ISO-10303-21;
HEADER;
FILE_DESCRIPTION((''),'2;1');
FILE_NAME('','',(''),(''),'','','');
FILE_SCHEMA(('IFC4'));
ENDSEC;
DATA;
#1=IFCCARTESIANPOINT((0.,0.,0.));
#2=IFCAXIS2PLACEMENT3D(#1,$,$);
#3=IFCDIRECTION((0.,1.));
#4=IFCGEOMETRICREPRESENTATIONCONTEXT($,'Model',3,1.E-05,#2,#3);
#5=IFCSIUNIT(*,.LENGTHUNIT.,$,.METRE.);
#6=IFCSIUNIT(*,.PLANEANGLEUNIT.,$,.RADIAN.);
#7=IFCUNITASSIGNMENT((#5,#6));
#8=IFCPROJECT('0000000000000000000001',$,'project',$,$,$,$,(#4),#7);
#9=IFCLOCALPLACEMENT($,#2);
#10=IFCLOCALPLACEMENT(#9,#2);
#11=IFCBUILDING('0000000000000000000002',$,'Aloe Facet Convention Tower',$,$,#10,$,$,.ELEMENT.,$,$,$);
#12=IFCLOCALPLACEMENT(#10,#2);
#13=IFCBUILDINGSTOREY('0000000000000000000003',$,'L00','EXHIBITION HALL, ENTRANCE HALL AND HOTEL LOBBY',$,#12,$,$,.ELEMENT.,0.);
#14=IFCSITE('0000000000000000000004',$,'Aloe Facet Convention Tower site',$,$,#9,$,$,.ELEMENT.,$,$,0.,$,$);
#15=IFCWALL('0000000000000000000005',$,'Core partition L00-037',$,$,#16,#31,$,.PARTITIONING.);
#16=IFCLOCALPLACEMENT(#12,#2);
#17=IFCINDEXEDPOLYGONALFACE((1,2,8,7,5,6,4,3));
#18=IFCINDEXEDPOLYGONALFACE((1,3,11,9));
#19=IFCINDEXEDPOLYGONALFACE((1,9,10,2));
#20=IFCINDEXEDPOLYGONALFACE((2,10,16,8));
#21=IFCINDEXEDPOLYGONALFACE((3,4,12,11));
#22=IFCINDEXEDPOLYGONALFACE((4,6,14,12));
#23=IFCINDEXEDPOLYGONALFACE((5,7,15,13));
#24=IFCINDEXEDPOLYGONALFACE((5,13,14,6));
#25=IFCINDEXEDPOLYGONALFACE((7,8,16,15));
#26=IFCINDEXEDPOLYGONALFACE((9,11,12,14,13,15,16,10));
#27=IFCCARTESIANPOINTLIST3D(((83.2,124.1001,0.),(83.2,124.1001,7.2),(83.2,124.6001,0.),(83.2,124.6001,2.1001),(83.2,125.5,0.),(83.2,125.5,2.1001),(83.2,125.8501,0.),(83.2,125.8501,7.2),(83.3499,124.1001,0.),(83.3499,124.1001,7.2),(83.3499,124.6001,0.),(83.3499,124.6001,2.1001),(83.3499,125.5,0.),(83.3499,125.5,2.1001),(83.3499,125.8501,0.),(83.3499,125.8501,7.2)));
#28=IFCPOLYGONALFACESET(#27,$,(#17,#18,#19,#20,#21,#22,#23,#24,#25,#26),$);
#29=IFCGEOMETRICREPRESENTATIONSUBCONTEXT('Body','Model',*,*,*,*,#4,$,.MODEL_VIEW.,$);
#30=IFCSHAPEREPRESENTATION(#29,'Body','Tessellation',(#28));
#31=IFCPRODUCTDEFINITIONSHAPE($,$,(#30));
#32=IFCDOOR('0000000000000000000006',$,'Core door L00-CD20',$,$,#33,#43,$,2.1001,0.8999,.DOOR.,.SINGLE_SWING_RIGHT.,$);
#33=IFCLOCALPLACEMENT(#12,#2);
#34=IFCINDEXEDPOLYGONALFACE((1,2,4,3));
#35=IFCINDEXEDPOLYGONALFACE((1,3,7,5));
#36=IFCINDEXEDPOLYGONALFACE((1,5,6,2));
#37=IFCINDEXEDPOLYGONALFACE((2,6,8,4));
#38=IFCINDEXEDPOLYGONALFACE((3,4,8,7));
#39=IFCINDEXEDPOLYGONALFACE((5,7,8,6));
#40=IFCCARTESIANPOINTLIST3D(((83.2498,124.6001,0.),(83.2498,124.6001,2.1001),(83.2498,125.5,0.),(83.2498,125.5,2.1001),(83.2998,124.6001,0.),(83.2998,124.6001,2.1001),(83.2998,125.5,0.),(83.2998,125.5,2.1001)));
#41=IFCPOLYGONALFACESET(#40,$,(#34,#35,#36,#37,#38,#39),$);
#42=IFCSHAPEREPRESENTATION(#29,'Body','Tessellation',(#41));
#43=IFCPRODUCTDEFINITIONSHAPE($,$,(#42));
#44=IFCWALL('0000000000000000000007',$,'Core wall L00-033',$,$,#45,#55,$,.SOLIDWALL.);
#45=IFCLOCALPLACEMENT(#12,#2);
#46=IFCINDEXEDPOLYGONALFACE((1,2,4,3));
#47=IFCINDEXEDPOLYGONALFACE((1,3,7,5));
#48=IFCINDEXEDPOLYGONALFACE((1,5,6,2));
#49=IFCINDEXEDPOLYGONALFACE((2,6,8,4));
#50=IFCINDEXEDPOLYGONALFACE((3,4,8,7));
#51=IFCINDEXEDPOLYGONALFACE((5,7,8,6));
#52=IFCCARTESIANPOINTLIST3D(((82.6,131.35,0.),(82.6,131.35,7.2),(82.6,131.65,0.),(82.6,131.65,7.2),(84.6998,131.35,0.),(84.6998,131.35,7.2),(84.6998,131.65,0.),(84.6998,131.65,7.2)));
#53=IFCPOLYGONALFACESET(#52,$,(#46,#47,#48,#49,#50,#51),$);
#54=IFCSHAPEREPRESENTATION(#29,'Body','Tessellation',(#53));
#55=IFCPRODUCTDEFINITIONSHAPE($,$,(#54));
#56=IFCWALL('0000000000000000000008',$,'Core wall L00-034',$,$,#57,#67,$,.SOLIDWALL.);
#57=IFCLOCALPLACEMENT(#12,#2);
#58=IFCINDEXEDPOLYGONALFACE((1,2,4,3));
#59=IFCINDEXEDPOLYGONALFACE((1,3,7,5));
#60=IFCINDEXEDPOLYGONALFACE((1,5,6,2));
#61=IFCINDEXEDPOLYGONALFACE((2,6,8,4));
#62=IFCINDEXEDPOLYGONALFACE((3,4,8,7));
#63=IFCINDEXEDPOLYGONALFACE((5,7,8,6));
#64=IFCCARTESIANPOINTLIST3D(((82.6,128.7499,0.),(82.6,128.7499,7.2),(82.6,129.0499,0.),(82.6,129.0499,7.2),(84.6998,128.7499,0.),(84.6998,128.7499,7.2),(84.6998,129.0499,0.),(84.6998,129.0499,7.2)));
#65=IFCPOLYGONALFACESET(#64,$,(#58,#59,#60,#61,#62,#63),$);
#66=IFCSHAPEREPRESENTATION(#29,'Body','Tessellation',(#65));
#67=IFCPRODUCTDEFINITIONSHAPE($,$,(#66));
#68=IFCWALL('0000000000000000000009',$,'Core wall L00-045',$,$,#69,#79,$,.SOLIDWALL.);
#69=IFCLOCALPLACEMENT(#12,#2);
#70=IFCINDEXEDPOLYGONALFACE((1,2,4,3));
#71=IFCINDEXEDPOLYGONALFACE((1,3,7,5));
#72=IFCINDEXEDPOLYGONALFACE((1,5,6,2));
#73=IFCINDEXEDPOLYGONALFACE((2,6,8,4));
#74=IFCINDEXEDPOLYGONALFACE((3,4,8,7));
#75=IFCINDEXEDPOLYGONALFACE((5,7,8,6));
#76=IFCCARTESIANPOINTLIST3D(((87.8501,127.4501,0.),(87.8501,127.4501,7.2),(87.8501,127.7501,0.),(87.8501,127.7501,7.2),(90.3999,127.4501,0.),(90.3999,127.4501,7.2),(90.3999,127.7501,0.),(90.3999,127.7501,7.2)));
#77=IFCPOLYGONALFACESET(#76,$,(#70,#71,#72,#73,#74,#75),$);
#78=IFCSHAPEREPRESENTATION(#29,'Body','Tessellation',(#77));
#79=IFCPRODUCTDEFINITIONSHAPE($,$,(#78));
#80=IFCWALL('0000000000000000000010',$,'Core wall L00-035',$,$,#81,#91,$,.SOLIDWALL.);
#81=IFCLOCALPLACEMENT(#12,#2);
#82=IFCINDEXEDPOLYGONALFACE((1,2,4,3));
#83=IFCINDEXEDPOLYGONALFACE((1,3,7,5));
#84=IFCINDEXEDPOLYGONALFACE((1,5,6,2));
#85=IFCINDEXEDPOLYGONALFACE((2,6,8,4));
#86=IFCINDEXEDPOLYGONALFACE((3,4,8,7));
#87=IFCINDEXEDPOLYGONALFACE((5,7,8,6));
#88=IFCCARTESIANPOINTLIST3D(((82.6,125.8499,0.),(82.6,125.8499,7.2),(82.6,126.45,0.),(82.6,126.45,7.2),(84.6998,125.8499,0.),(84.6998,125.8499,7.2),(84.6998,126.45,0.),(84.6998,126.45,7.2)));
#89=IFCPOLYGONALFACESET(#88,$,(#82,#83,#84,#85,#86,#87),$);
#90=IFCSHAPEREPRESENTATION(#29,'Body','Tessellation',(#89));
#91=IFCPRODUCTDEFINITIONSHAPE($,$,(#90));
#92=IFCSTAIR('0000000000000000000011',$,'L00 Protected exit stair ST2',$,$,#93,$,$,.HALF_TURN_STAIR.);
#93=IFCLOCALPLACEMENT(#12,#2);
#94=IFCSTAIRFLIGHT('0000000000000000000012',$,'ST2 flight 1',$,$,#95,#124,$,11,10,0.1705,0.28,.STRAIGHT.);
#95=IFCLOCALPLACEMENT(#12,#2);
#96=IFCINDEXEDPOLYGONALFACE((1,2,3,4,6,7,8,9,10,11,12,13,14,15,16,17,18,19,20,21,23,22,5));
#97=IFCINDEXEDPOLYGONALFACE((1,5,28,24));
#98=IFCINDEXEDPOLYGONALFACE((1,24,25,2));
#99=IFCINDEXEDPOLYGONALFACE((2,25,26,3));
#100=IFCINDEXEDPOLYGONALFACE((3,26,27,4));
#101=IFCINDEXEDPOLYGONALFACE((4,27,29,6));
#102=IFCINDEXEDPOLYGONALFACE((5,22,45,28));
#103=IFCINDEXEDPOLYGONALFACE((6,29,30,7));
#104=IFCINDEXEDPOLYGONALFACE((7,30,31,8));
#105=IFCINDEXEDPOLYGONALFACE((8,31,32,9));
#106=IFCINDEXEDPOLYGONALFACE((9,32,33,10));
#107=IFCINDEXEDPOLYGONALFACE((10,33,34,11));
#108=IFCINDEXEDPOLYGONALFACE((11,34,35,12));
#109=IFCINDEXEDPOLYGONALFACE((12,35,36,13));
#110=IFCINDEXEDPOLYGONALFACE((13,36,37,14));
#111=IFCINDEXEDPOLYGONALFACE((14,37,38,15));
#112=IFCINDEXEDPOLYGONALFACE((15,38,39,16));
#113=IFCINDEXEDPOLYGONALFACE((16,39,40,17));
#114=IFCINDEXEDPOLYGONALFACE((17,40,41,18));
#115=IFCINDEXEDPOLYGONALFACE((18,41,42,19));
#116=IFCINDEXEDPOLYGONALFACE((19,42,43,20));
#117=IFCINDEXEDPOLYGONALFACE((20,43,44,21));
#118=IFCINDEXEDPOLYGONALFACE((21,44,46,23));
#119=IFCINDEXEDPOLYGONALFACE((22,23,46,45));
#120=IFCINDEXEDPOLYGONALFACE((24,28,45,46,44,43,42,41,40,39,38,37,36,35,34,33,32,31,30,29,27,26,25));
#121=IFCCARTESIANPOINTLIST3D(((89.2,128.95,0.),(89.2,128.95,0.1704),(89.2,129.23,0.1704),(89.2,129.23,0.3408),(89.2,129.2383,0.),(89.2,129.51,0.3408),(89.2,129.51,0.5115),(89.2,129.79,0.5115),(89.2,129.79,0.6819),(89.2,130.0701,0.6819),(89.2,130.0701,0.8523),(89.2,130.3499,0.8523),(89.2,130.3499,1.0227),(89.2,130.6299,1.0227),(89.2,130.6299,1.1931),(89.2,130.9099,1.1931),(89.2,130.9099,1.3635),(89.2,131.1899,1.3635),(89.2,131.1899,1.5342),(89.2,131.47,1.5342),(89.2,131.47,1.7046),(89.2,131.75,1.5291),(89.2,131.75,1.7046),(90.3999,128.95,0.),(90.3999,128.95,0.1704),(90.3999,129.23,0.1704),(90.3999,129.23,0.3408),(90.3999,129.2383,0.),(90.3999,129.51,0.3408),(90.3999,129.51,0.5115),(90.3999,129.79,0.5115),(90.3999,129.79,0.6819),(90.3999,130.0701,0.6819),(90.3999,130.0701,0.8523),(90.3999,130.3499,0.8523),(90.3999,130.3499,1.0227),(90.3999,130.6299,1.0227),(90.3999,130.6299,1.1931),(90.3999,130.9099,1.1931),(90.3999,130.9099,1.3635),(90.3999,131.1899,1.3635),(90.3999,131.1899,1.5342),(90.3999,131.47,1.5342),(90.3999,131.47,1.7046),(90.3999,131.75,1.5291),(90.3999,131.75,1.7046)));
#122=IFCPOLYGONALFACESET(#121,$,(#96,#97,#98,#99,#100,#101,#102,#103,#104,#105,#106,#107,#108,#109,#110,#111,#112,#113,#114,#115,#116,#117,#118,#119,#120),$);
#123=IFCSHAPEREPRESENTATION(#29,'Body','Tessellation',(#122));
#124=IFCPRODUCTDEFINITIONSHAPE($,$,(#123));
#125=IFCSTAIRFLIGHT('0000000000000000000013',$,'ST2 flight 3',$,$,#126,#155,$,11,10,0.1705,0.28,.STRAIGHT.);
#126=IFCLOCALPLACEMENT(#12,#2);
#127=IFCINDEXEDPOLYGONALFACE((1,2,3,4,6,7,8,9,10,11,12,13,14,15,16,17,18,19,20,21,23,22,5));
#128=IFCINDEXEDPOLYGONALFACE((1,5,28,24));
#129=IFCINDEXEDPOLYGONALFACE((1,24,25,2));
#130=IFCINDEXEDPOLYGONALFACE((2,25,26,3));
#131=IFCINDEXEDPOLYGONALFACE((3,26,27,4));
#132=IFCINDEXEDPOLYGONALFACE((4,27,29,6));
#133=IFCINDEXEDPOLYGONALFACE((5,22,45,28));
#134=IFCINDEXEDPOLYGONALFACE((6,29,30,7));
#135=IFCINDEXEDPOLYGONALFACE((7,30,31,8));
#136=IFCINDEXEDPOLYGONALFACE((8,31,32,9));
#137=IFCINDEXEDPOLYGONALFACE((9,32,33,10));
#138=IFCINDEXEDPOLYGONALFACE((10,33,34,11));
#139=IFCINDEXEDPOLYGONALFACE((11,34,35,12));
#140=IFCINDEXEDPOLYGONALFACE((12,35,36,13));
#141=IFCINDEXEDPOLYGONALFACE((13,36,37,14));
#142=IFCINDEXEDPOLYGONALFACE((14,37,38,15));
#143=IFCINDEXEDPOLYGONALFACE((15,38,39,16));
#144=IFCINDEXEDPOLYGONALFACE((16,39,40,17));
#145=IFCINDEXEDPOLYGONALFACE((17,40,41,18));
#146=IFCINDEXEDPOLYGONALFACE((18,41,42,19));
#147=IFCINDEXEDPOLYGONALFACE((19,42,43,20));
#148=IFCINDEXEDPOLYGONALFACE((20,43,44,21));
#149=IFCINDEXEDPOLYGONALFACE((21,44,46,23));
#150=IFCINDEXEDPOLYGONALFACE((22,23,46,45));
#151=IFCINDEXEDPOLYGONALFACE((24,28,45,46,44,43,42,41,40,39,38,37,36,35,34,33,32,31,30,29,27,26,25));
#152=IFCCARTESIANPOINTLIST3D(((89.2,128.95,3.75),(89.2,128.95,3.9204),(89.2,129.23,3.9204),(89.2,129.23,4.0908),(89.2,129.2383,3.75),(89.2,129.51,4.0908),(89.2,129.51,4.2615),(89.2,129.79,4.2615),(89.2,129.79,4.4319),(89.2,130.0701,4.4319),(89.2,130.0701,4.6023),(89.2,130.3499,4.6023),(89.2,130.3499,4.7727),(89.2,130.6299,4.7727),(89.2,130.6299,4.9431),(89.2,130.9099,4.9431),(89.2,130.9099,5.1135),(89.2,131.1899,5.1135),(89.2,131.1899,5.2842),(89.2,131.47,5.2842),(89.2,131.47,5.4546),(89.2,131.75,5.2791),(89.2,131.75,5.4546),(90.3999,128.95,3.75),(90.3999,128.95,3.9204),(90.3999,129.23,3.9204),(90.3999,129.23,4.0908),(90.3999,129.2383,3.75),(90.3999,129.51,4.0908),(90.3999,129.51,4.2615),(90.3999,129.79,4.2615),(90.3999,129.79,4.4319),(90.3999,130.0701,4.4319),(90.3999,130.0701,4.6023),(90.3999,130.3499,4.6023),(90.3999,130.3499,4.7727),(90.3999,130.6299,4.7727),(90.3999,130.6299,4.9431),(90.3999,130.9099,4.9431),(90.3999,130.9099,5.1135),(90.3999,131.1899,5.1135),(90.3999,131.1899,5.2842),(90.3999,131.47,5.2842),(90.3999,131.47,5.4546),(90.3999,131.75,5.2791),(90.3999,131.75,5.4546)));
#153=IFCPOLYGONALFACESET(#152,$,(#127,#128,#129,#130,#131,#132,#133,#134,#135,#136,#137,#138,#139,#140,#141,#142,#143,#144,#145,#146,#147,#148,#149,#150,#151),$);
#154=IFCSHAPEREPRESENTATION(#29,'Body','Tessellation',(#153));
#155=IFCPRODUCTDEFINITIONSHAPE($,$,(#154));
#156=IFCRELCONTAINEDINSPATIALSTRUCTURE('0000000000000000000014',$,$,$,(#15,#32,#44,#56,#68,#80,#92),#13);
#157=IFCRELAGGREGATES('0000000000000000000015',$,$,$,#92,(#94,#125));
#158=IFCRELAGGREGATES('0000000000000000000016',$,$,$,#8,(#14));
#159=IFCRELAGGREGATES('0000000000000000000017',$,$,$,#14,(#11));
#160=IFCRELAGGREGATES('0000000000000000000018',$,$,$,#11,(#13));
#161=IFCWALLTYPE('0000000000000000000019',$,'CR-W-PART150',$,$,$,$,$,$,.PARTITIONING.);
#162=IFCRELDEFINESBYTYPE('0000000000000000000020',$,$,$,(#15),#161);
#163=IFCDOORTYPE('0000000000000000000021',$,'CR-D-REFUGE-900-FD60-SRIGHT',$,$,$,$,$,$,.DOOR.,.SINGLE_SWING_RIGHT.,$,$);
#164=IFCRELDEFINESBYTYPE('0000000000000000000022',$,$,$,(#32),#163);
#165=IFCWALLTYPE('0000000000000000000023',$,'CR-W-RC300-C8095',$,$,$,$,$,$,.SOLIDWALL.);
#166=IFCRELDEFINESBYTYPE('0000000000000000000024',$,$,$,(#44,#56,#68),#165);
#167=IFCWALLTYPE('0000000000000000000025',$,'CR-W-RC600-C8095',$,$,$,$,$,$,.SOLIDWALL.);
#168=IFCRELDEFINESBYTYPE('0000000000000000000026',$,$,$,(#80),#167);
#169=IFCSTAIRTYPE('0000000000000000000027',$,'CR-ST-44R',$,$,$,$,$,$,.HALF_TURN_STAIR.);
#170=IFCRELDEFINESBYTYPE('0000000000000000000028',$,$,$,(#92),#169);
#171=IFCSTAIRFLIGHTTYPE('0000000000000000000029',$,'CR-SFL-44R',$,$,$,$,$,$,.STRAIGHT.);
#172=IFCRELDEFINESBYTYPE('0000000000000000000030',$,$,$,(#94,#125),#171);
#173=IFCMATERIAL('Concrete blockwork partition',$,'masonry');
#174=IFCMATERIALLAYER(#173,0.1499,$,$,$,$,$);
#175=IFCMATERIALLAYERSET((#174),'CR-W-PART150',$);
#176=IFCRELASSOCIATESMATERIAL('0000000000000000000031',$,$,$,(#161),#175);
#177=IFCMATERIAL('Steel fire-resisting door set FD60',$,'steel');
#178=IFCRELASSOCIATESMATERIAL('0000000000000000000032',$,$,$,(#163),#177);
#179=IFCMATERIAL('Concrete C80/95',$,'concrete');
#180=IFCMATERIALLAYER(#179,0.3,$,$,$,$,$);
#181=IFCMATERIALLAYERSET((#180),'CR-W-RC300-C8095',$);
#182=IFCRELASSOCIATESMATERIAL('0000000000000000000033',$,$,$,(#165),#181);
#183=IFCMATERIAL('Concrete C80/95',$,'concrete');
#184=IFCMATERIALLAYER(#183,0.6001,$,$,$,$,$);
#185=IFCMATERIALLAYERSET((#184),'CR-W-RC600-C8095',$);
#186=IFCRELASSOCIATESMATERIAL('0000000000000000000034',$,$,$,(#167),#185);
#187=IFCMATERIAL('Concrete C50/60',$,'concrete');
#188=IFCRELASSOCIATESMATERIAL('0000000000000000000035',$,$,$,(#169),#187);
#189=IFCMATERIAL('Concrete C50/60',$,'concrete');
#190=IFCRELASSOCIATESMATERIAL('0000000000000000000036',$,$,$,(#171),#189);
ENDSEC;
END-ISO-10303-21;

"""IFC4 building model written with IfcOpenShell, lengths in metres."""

from ifc_helpers import new_model, si_unit, direction, frame, frame_2d, origin, place, context, subcontext, project, spatial, polyline, rectangle, outline, extrude, material, layer, layer_set, type_object, element, fill, aggregate, save


model = new_model("IFC4")

# Units and contexts
model_context = context("Model", 3, precision=1e-05, world=origin(), true_north=direction((0.0, 1.0)))
body_context = subcontext(model_context, "Body", "Model", "MODEL_VIEW")
ifc_project = project(units=[si_unit("LENGTHUNIT", "METRE"), si_unit("PLANEANGLEUNIT", "RADIAN")], contexts=[model_context])

# Site, building, storey
site_placement = place(None, origin())
site = spatial("IfcSite", under=ifc_project, at=site_placement, Name="Aloe Facet Convention Tower site", CompositionType="ELEMENT", RefElevation=0.0)
building_placement = place(site_placement, origin())
building = spatial("IfcBuilding", under=site, at=building_placement, Name="Aloe Facet Convention Tower", CompositionType="ELEMENT")
storey_placement = place(building_placement, origin())
storey = spatial("IfcBuildingStorey", under=building, at=storey_placement, Name="L00", Description="EXHIBITION HALL, ENTRANCE HALL AND HOTEL LOBBY", CompositionType="ELEMENT", Elevation=0.0)

# Wall, opening, door
ifc_material_1 = material(Name="Concrete blockwork partition", Category="masonry")
ifc_layer_1 = layer(ifc_material_1, 0.1499)
ifc_layer_set_1 = layer_set([ifc_layer_1], Name="CR-W-PART150")
wall_type_1 = type_object("IfcWallType", Name="CR-W-PART150", PredefinedType="PARTITIONING", material=ifc_layer_set_1)
wall_1_placement = place(storey_placement, frame((83.2749, 125.8501, 0.0), z_axis=(0.0, 0.0, 1.0), x_axis=(0.0, -1.0, 0.0)))
wall_1 = element("IfcWall", 1, at=wall_1_placement, inside=storey, type_object=wall_type_1, Name="Core partition L00-037", PredefinedType="PARTITIONING", context=body_context, shape_type="SweptSolid", body=[
    extrude(rectangle(XDim=1.75, YDim=0.1499, at=frame_2d((0.875, 0.0))), origin(), (0.0, 0.0, 1.0), 7.2),
])
opening_placement = place(wall_1_placement, frame((0.3501, 0.0, 0.0)))
opening = element("IfcOpeningElement", 2, at=opening_placement, cuts=wall_1, PredefinedType="OPENING", context=body_context, shape_type="SweptSolid", body=[
    extrude(rectangle(XDim=0.8999, YDim=2.1001, at=frame_2d((0.45, 1.05))), frame((0.0, 0.085, 0.0), z_axis=(0.0, -1.0, 0.0), x_axis=(1.0, 0.0, 0.0)), (0.0, 0.0, 1.0), 0.1699),
])
ifc_material_2 = material(Name="Steel fire-resisting door set FD60", Category="steel")
door_type = type_object("IfcDoorType", Name="CR-D-REFUGE-900-FD60-SRIGHT", OperationType="SINGLE_SWING_RIGHT", PredefinedType="DOOR", material=ifc_material_2)
door_placement = place(opening_placement, origin())
door = element("IfcDoor", 3, at=door_placement, inside=storey, type_object=door_type, Name="Core door L00-CD20", OperationType="SINGLE_SWING_RIGHT", OverallHeight=2.1001, OverallWidth=0.8999, PredefinedType="DOOR", context=body_context, shape_type="SweptSolid", body=[
    extrude(rectangle(XDim=0.8999, YDim=2.1001, at=frame_2d((0.45, 1.05))), frame((0.0, 0.0249, 0.0), z_axis=(0.0, -1.0, 0.0), x_axis=(1.0, 0.0, 0.0)), (0.0, 0.0, 1.0), 0.05),
])
fill(opening, door)

# Walls
ifc_material_3 = material(Name="Concrete C80/95", Category="concrete")
ifc_layer_2 = layer(ifc_material_3, 0.3)
ifc_layer_set_2 = layer_set([ifc_layer_2], Name="CR-W-RC300-C8095")
wall_type_2 = type_object("IfcWallType", Name="CR-W-RC300-C8095", PredefinedType="SOLIDWALL", material=ifc_layer_set_2)
for number, where, z_axis, x_axis, name in (
    (4, (82.6001, 131.5, 0.0), (0.0, 0.0, 1.0), (1.0, 0.0, 0.0), "Core wall L00-033"),
    (5, (82.6001, 128.8999, 0.0), (0.0, 0.0, 1.0), (1.0, 0.0, 0.0), "Core wall L00-034"),
):
    element("IfcWall", number, at=place(storey_placement, frame(where, z_axis=z_axis, x_axis=x_axis)), inside=storey, type_object=wall_type_2, Name=name, PredefinedType="SOLIDWALL", context=body_context, shape_type="SweptSolid", body=[
        extrude(rectangle(XDim=2.0999, YDim=0.3, at=frame_2d((1.0498, 0.0))), origin(), (0.0, 0.0, 1.0), 7.2),
    ])
wall_2_placement = place(storey_placement, frame((87.8501, 127.6001, 0.0), z_axis=(0.0, 0.0, 1.0), x_axis=(1.0, 0.0, 0.0)))
element("IfcWall", 6, at=wall_2_placement, inside=storey, type_object=wall_type_2, Name="Core wall L00-045", PredefinedType="SOLIDWALL", context=body_context, shape_type="SweptSolid", body=[
    extrude(rectangle(XDim=2.5498, YDim=0.3, at=frame_2d((1.2749, 0.0))), origin(), (0.0, 0.0, 1.0), 7.2),
])
ifc_material_4 = material(Name="Concrete C80/95", Category="concrete")
ifc_layer_3 = layer(ifc_material_4, 0.6001)
ifc_layer_set_3 = layer_set([ifc_layer_3], Name="CR-W-RC600-C8095")
wall_type_3 = type_object("IfcWallType", Name="CR-W-RC600-C8095", PredefinedType="SOLIDWALL", material=ifc_layer_set_3)
wall_3_placement = place(storey_placement, frame((82.6001, 126.1499, 0.0), z_axis=(0.0, 0.0, 1.0), x_axis=(1.0, 0.0, 0.0)))
element("IfcWall", 7, at=wall_3_placement, inside=storey, type_object=wall_type_3, Name="Core wall L00-035", PredefinedType="SOLIDWALL", context=body_context, shape_type="SweptSolid", body=[
    extrude(rectangle(XDim=2.0999, YDim=0.6001, at=frame_2d((1.0498, 0.0))), origin(), (0.0, 0.0, 1.0), 7.2),
])

# Stair, stair flights
ifc_material_5 = material(Name="Concrete C50/60", Category="concrete")
stair_type = type_object("IfcStairType", Name="CR-ST-44R", PredefinedType="HALF_TURN_STAIR", material=ifc_material_5)
stair_placement = place(storey_placement, origin())
stair = element("IfcStair", 8, at=stair_placement, inside=storey, type_object=stair_type, Name="L00 Protected exit stair ST2", PredefinedType="HALF_TURN_STAIR")
ifc_material_6 = material(Name="Concrete C50/60", Category="concrete")
stair_flight_type = type_object("IfcStairFlightType", Name="CR-SFL-44R", PredefinedType="STRAIGHT", material=ifc_material_6)
stair_flight_1_placement = place(storey_placement, frame((89.8, 128.95, 0.0), z_axis=(0.0, 0.0, 1.0), x_axis=(0.0, 1.0, 0.0)))
stair_flight_1 = element("IfcStairFlight", 9, at=stair_flight_1_placement, type_object=stair_flight_type, Name="ST2 flight 1", NumberOfRisers=11, NumberOfTreads=10, PredefinedType="STRAIGHT", RiserHeight=0.1705, TreadLength=0.28, context=body_context, shape_type="SweptSolid", body=[
    extrude(outline(polyline([(0.0, 0.0), (0.0, 0.1704), (0.28, 0.1704), (0.28, 0.3408), (0.5601, 0.3408), (0.5601, 0.5115), (0.8401, 0.5115), (0.8401, 0.6819), (1.1201, 0.6819), (1.1201, 0.8523), (1.3999, 0.8523), (1.3999, 1.0227), (1.6799, 1.0227), (1.6799, 1.1931), (1.96, 1.1931), (1.96, 1.3635), (2.24, 1.3635), (2.24, 1.5342), (2.52, 1.5342), (2.52, 1.7046), (2.8, 1.7046), (2.8, 1.875), (2.8, 1.5291), (0.2883, 0.0), (0.0, 0.0)])), frame((0.0, 0.6001, 0.0), z_axis=(0.0, -1.0, 0.0), x_axis=(1.0, 0.0, 0.0)), (0.0, 0.0, 1.0), 1.2),
])
stair_flight_2_placement = place(storey_placement, frame((89.8, 128.95, 3.75), z_axis=(0.0, 0.0, 1.0), x_axis=(0.0, 1.0, 0.0)))
stair_flight_2 = element("IfcStairFlight", 10, at=stair_flight_2_placement, type_object=stair_flight_type, Name="ST2 flight 3", NumberOfRisers=11, NumberOfTreads=10, PredefinedType="STRAIGHT", RiserHeight=0.1705, TreadLength=0.28, context=body_context, shape_type="SweptSolid", body=[
    extrude(outline(polyline([(0.0, 0.0), (0.0, 0.1704), (0.28, 0.1704), (0.28, 0.3408), (0.5601, 0.3408), (0.5601, 0.5115), (0.8401, 0.5115), (0.8401, 0.6819), (1.1201, 0.6819), (1.1201, 0.8523), (1.3999, 0.8523), (1.3999, 1.0227), (1.6799, 1.0227), (1.6799, 1.1931), (1.96, 1.1931), (1.96, 1.3635), (2.24, 1.3635), (2.24, 1.5342), (2.52, 1.5342), (2.52, 1.7046), (2.8, 1.7046), (2.8, 1.875), (2.8, 1.5291), (0.2883, 0.0), (0.0, 0.0)])), frame((0.0, 0.6001, 0.0), z_axis=(0.0, -1.0, 0.0), x_axis=(1.0, 0.0, 0.0)), (0.0, 0.0, 1.0), 1.2),
])
aggregate(stair, [stair_flight_1, stair_flight_2])

save(model, "model.ifc")
